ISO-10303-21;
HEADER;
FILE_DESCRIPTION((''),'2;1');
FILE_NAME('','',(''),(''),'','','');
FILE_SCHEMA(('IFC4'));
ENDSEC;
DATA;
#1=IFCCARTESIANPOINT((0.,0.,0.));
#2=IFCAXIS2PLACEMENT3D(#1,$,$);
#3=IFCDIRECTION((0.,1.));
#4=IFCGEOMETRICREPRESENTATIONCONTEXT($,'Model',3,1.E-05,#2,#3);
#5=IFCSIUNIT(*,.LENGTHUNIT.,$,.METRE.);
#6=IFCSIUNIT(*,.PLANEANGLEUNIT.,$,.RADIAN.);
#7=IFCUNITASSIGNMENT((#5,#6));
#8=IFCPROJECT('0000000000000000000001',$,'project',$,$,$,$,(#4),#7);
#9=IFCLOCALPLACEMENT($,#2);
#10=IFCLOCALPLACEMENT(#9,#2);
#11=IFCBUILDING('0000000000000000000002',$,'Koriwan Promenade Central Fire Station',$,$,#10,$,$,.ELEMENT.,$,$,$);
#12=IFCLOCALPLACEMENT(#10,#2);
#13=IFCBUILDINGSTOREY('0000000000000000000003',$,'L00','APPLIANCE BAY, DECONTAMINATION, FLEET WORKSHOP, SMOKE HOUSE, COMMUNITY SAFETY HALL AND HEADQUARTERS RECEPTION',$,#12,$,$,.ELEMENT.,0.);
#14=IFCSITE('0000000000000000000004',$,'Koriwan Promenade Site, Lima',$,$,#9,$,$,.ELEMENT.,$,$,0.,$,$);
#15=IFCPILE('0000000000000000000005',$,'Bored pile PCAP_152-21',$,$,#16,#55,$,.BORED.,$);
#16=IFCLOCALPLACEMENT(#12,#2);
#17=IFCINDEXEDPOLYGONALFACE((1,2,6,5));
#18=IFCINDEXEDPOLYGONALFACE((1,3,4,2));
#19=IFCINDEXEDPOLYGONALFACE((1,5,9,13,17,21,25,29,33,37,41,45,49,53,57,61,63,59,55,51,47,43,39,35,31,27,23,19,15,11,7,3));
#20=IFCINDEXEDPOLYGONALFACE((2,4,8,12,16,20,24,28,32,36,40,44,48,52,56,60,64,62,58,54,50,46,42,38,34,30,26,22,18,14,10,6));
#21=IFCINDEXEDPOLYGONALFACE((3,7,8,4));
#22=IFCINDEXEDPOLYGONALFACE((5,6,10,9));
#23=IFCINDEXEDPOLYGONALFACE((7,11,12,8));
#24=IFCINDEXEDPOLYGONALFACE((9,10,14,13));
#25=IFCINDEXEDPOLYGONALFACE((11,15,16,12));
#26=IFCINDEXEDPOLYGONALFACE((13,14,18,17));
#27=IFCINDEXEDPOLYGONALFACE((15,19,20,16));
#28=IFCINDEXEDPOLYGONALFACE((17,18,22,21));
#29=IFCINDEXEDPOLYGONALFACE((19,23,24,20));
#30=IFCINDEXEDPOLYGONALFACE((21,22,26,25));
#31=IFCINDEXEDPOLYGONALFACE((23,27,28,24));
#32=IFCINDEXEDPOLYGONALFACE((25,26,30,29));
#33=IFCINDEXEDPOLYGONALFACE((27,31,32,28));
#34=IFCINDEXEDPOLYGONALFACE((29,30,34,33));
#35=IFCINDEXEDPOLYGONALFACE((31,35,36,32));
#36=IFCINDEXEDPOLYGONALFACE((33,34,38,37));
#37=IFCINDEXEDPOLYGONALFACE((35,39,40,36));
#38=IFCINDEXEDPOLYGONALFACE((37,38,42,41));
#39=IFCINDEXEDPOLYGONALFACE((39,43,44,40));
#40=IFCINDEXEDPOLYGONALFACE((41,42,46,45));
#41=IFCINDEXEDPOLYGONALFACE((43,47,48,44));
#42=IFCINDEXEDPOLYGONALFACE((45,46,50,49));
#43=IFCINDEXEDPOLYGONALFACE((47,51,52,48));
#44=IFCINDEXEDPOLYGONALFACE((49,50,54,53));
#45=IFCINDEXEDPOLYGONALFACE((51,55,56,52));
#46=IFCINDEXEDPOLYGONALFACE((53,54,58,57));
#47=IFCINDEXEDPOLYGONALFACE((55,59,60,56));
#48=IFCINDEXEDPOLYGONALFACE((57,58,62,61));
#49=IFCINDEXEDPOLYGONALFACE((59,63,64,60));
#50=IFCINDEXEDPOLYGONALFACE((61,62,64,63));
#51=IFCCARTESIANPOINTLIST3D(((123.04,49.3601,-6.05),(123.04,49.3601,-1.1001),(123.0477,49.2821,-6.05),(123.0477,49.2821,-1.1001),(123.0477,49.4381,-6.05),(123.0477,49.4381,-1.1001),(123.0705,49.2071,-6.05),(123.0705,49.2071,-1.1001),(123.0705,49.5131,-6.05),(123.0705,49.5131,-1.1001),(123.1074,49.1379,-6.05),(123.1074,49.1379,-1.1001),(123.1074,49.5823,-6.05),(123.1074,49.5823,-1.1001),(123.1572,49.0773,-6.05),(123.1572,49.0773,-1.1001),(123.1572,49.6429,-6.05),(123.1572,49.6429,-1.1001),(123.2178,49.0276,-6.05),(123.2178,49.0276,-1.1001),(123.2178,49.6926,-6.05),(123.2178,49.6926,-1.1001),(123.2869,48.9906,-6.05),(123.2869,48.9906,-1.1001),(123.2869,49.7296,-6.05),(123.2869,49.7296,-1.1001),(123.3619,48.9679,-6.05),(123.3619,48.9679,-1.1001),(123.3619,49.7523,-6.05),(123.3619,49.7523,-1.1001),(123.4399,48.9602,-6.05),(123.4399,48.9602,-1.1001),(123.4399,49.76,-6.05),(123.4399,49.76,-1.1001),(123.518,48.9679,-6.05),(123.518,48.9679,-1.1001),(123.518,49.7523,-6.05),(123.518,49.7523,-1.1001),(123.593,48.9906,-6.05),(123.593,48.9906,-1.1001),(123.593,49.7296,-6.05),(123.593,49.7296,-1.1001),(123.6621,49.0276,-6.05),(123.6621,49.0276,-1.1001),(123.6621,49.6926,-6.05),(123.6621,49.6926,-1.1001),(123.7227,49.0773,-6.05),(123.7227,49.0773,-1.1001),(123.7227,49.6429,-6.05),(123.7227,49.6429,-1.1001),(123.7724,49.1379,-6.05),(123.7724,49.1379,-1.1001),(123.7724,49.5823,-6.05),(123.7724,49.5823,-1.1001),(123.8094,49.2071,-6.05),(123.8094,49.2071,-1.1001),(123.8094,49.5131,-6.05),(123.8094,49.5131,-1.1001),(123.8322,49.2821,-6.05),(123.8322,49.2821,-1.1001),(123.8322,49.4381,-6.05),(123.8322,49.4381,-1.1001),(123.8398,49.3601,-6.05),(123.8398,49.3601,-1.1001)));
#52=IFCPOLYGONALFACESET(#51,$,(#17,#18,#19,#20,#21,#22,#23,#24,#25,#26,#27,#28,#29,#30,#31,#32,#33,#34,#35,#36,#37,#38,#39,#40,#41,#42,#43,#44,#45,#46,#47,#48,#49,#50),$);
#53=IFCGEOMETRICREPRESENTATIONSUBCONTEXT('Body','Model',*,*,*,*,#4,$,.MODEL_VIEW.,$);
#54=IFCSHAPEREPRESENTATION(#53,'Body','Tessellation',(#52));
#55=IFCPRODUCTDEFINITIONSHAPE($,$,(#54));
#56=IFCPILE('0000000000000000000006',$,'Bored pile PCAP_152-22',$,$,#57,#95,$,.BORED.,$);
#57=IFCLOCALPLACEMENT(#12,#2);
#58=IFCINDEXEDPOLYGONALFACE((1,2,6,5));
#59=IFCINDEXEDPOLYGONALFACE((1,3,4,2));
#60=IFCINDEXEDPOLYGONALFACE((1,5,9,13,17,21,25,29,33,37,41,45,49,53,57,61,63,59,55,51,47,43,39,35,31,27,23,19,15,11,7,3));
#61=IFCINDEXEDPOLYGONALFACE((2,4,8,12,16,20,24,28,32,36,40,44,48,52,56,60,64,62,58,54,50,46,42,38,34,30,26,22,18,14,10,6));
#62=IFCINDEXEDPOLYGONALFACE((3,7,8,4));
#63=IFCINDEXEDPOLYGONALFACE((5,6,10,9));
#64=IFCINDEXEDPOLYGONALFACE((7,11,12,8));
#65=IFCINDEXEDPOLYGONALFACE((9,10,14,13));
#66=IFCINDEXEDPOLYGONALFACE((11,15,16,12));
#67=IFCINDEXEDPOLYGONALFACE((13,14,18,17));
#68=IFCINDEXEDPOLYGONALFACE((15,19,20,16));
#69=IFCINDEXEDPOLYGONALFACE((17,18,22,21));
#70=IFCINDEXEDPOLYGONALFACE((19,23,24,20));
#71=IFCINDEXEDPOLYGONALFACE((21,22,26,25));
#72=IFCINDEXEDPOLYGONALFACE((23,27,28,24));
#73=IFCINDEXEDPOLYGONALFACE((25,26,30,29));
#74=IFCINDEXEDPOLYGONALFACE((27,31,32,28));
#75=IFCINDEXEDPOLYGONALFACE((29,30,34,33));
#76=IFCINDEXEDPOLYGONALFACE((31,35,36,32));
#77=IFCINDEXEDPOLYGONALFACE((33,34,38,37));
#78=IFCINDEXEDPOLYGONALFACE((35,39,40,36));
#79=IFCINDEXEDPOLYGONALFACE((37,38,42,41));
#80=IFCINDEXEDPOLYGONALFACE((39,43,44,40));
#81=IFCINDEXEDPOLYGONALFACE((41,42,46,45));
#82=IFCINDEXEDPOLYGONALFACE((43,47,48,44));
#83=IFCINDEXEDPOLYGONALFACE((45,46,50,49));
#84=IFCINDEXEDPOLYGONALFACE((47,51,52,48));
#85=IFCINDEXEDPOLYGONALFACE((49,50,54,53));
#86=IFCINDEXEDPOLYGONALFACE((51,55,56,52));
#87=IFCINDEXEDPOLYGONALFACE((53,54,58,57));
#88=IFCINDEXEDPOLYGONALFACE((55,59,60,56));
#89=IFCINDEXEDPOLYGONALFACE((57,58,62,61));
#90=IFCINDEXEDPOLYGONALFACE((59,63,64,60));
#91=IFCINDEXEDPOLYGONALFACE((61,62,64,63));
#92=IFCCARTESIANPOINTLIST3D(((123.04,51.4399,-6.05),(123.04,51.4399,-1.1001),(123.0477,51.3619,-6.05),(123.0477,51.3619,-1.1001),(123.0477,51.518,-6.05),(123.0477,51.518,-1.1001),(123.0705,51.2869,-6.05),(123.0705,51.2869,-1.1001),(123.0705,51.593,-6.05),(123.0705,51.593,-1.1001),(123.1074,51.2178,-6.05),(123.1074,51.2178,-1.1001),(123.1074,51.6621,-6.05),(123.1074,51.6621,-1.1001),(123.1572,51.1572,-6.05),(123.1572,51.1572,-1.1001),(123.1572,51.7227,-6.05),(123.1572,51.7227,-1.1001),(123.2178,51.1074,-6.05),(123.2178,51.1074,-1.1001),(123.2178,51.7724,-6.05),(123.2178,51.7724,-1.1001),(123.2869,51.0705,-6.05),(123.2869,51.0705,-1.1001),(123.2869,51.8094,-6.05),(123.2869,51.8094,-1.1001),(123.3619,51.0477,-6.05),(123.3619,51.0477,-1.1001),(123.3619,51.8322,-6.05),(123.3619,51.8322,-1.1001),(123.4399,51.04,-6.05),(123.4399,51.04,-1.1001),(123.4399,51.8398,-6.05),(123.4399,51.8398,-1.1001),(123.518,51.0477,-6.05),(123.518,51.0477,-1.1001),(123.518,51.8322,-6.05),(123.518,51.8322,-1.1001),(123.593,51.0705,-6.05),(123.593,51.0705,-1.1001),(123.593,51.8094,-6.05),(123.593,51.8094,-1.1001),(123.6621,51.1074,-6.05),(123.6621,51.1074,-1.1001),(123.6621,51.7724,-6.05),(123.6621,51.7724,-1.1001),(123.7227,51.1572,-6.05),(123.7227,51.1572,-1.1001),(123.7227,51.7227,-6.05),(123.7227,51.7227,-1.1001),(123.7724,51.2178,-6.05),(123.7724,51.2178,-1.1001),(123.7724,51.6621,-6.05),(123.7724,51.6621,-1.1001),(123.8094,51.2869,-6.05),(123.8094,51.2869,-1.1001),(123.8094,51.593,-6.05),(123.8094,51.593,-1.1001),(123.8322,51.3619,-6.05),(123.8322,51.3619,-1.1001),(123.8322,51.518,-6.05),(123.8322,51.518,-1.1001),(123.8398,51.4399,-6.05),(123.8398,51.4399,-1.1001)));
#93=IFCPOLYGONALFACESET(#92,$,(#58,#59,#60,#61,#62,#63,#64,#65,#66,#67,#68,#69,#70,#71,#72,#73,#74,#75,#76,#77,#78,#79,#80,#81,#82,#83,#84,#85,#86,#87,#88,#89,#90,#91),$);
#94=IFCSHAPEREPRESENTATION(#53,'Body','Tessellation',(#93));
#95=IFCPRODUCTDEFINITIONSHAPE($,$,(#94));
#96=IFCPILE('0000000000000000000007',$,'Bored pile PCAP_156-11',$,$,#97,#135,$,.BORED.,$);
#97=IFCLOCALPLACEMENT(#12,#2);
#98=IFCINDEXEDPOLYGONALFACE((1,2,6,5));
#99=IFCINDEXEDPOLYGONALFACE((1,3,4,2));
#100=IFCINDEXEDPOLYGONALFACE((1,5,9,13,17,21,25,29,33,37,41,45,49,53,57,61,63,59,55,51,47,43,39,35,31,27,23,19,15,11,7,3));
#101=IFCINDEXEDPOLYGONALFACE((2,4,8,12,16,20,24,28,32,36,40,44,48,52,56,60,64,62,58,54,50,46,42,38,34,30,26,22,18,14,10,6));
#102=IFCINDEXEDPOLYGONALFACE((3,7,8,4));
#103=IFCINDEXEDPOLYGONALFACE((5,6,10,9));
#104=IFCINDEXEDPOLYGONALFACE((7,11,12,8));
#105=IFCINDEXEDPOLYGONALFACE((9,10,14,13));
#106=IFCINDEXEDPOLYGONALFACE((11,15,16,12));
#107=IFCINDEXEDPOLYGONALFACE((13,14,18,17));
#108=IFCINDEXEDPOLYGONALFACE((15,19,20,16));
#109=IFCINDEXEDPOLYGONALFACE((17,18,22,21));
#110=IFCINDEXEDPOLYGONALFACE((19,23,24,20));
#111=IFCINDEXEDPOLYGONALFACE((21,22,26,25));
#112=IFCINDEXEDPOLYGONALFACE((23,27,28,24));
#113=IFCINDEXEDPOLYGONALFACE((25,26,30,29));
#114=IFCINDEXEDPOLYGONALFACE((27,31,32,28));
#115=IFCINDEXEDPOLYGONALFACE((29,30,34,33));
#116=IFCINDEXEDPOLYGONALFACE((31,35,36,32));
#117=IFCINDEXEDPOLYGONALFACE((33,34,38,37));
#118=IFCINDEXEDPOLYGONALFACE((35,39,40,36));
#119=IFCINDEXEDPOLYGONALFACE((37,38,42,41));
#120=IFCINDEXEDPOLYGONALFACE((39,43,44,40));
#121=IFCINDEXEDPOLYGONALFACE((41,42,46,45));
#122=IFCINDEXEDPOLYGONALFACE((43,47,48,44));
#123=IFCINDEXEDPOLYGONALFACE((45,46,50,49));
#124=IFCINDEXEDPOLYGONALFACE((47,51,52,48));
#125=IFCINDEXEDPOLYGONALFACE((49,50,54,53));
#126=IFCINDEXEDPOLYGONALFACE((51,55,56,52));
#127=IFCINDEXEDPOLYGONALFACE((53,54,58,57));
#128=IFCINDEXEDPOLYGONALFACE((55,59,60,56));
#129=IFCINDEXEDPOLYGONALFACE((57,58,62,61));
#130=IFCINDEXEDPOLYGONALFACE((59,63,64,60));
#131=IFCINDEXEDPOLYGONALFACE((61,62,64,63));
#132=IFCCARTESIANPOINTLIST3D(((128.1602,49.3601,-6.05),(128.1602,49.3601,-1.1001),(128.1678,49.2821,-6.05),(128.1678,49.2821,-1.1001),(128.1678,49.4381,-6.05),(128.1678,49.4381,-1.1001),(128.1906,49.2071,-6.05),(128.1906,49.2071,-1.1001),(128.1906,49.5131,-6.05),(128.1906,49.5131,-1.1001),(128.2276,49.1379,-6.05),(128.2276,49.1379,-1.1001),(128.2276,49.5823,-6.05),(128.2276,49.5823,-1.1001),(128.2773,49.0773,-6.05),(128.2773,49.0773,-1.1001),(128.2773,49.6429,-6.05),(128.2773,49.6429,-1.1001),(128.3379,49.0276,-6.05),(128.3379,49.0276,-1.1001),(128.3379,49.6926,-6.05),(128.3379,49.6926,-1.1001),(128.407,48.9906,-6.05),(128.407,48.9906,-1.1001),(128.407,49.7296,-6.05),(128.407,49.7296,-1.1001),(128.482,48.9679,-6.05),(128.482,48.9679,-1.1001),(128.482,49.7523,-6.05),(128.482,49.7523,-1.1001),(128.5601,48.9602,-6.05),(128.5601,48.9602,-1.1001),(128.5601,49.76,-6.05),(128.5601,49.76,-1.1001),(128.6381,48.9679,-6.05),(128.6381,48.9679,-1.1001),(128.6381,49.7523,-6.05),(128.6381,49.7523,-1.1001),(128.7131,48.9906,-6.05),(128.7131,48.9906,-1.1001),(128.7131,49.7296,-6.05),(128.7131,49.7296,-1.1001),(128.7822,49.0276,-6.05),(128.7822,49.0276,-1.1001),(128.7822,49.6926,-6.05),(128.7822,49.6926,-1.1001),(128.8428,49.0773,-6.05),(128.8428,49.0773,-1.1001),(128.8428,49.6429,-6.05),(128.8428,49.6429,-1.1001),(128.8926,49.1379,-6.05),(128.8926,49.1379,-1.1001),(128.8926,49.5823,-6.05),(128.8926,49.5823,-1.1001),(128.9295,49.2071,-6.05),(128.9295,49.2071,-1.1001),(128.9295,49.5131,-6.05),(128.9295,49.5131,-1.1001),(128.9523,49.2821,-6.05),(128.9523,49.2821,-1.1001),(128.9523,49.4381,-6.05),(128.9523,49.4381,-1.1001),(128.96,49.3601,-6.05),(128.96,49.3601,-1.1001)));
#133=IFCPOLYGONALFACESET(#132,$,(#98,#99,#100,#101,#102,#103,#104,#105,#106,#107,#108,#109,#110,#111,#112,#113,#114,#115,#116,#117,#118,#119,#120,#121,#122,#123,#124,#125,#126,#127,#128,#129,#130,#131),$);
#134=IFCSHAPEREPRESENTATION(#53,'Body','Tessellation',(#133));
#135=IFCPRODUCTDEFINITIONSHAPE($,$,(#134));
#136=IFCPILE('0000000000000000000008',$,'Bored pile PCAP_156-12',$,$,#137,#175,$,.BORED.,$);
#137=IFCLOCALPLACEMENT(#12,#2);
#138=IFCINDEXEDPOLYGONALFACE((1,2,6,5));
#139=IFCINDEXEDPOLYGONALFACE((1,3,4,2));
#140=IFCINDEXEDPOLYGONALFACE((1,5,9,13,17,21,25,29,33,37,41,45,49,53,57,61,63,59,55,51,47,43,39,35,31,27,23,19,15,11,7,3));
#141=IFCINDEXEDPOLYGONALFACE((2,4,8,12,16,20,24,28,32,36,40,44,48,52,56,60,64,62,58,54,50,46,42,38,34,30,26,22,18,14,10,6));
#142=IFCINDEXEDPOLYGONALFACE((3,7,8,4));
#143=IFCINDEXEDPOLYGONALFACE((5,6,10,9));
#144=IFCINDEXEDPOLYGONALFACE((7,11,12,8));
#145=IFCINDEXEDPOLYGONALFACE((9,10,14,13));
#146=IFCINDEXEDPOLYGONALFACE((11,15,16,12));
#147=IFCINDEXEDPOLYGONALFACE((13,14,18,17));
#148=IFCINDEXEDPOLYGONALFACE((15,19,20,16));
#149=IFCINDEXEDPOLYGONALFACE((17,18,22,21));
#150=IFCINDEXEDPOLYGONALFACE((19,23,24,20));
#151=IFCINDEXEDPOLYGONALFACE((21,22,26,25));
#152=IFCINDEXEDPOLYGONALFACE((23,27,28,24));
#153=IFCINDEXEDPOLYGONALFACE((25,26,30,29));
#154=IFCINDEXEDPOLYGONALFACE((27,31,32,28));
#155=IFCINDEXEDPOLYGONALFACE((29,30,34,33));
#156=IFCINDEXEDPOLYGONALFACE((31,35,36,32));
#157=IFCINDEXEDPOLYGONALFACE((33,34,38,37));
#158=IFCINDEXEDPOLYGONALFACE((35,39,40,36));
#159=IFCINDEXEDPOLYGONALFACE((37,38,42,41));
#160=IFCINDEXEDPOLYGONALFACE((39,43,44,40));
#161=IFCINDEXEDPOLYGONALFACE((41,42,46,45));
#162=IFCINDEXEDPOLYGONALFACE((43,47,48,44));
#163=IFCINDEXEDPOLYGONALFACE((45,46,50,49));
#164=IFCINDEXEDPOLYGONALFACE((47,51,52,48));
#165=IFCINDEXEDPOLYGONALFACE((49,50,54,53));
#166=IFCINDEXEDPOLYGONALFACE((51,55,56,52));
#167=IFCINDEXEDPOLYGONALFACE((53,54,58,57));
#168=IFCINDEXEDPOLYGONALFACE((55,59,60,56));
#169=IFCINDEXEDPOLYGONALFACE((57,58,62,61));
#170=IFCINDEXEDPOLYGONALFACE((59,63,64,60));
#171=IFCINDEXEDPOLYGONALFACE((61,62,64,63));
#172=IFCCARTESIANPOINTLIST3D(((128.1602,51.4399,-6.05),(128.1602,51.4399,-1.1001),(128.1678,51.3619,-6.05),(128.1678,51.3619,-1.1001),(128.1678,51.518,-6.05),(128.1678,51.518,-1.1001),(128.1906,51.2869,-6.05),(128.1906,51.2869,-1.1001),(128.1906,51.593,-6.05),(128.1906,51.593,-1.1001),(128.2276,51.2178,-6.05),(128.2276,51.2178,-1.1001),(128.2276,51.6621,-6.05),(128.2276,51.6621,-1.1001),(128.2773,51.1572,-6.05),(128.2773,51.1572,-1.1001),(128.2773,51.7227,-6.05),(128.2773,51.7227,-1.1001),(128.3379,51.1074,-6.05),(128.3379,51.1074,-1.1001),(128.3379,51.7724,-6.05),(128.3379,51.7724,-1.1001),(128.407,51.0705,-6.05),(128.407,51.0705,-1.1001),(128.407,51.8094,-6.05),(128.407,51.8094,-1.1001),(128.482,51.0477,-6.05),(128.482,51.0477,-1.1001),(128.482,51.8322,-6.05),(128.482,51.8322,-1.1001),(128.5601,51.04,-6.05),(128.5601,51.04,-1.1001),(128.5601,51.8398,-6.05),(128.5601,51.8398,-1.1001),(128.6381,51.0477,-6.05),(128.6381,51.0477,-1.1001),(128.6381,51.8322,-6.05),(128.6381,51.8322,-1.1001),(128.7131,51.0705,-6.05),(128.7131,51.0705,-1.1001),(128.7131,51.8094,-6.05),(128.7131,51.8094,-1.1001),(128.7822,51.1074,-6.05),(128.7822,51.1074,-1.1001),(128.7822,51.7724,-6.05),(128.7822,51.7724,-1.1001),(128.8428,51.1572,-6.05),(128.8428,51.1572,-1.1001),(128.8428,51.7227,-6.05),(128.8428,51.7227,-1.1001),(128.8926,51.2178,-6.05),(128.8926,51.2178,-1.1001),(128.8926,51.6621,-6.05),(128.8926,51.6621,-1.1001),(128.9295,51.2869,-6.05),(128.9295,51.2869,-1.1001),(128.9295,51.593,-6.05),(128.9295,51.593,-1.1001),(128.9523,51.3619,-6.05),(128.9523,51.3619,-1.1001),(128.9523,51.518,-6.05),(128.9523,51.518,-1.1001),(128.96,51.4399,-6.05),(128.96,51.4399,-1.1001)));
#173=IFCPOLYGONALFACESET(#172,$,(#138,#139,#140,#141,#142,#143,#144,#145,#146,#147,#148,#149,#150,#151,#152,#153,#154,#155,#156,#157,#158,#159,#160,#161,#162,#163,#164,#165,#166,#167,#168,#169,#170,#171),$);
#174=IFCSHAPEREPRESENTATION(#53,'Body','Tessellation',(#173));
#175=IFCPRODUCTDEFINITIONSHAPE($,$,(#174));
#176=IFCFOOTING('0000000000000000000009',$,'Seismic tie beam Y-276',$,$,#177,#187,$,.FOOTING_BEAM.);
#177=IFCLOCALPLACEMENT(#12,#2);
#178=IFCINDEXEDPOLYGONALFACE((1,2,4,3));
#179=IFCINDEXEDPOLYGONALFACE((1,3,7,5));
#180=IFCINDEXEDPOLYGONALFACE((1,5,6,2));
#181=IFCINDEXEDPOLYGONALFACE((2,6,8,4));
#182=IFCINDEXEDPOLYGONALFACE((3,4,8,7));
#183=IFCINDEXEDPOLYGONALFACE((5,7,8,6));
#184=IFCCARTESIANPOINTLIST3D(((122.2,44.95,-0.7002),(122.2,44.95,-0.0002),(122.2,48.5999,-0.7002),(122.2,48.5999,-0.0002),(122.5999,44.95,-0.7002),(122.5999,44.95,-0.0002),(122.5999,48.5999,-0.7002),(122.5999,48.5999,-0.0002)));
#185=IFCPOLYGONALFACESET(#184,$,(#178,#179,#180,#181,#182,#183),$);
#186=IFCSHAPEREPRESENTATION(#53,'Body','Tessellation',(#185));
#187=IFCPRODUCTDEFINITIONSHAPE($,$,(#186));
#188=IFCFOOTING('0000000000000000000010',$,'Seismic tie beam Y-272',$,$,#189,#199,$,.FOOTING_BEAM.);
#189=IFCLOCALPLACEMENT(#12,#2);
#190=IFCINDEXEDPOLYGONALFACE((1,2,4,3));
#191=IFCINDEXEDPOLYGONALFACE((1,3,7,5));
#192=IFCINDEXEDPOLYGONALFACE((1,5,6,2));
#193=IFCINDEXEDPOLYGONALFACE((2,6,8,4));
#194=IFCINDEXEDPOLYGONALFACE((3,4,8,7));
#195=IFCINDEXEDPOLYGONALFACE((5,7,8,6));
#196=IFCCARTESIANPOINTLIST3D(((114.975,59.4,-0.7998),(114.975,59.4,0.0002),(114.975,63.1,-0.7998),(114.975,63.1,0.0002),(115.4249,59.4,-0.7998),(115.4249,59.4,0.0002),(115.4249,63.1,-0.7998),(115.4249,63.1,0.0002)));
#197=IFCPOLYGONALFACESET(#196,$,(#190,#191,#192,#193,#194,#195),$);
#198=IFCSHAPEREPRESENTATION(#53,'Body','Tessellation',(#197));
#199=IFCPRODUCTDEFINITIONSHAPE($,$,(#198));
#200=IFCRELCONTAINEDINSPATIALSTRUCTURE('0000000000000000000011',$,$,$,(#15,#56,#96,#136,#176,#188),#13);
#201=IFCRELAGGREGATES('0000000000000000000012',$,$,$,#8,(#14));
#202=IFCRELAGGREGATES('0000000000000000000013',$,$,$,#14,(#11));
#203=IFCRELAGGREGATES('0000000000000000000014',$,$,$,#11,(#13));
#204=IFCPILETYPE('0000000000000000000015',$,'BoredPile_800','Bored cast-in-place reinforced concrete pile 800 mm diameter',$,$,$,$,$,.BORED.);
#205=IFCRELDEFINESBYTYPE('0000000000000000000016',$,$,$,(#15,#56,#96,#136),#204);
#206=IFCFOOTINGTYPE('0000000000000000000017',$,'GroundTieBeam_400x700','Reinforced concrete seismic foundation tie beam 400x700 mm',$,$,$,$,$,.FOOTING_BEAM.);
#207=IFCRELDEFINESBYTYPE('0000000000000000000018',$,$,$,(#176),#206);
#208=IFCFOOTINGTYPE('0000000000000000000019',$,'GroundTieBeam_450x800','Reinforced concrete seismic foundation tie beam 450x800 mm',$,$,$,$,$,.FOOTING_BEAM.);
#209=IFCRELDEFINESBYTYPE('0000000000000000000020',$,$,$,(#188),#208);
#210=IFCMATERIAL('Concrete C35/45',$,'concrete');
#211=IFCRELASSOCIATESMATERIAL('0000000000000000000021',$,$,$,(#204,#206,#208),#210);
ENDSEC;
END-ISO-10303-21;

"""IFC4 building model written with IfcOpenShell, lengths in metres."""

from ifc_helpers import new_model, si_unit, direction, frame, origin, origin_2d, place, context, subcontext, project, spatial, rectangle, circle, extrude, material, material_profile, profile_set, type_object, element, save


model = new_model("IFC4")

# Units and contexts
model_context = context("Model", 3, precision=1e-05, world=origin(), true_north=direction((0.0, 1.0)))
body_context = subcontext(model_context, "Body", "Model", "MODEL_VIEW")
ifc_project = project(units=[si_unit("LENGTHUNIT", "METRE"), si_unit("PLANEANGLEUNIT", "RADIAN")], contexts=[model_context])

# Site, building, storey
site_placement = place(None, origin())
site = spatial("IfcSite", under=ifc_project, at=site_placement, Name="Koriwan Promenade Site, Lima", CompositionType="ELEMENT", RefElevation=0.0)
building_placement = place(site_placement, origin())
building = spatial("IfcBuilding", under=site, at=building_placement, Name="Koriwan Promenade Central Fire Station", CompositionType="ELEMENT")
storey_placement = place(building_placement, origin())
storey = spatial("IfcBuildingStorey", under=building, at=storey_placement, Name="L00", Description="APPLIANCE BAY, DECONTAMINATION, FLEET WORKSHOP, SMOKE HOUSE, COMMUNITY SAFETY HALL AND HEADQUARTERS RECEPTION", CompositionType="ELEMENT", Elevation=0.0)

# Piles
ifc_material_1 = material(Name="Concrete C35/45", Category="concrete")
ifc_material_profile_1 = material_profile(ifc_material_1, circle(Radius=0.3999, at=origin_2d()), Name="PILE-D800")
ifc_profile_set_1 = profile_set([ifc_material_profile_1], Name="Concrete C35/45")
pile_type_1 = type_object("IfcPileType", Name="BoredPile_800", Description="Bored cast-in-place reinforced concrete pile 800 mm diameter", PredefinedType="BORED", material=ifc_profile_set_1)
for number, where, z_axis, x_axis, name in (
    (1, (123.4399, 49.3601, -1.1001), (0.0, 0.0, -1.0), (1.0, 0.0, 0.0), "Bored pile PCAP_152-21"),
    (2, (123.4399, 51.4399, -1.1001), (0.0, 0.0, -1.0), (1.0, 0.0, 0.0), "Bored pile PCAP_152-22"),
    (3, (128.5601, 49.3601, -1.1001), (0.0, 0.0, -1.0), (1.0, 0.0, 0.0), "Bored pile PCAP_156-11"),
    (4, (128.5601, 51.4399, -1.1001), (0.0, 0.0, -1.0), (1.0, 0.0, 0.0), "Bored pile PCAP_156-12"),
):
    element("IfcPile", number, at=place(storey_placement, frame(where, z_axis=z_axis, x_axis=x_axis)), inside=storey, type_object=pile_type_1, Name=name, PredefinedType="BORED", context=body_context, shape_type="SweptSolid", body=[
        extrude(circle(Radius=0.3999, at=origin_2d()), origin(), (0.0, 0.0, 1.0), 4.95),
    ])

# Footings
footing_type_1 = type_object("IfcFootingType", Name="GroundTieBeam_400x700", Description="Reinforced concrete seismic foundation tie beam 400x700 mm", PredefinedType="FOOTING_BEAM", material=ifc_material_1)
footing_1_placement = place(storey_placement, frame((122.3999, 46.7749, -0.7002), z_axis=(0.0, 0.0, 1.0), x_axis=(0.0, 1.0, 0.0)))
element("IfcFooting", 5, at=footing_1_placement, inside=storey, type_object=footing_type_1, Name="Seismic tie beam Y-276", PredefinedType="FOOTING_BEAM", context=body_context, shape_type="SweptSolid", body=[
    extrude(rectangle(XDim=3.6499, YDim=0.3999, at=origin_2d()), origin(), (0.0, 0.0, 1.0), 0.7),
])
footing_type_2 = type_object("IfcFootingType", Name="GroundTieBeam_450x800", Description="Reinforced concrete seismic foundation tie beam 450x800 mm", PredefinedType="FOOTING_BEAM", material=ifc_material_1)
footing_2_placement = place(storey_placement, frame((115.2, 61.25, -0.7998), z_axis=(0.0, 0.0, 1.0), x_axis=(0.0, 1.0, 0.0)))
element("IfcFooting", 6, at=footing_2_placement, inside=storey, type_object=footing_type_2, Name="Seismic tie beam Y-272", PredefinedType="FOOTING_BEAM", context=body_context, shape_type="SweptSolid", body=[
    extrude(rectangle(XDim=3.7, YDim=0.45, at=origin_2d()), origin(), (0.0, 0.0, 1.0), 0.8),
])

save(model, "model.ifc")
